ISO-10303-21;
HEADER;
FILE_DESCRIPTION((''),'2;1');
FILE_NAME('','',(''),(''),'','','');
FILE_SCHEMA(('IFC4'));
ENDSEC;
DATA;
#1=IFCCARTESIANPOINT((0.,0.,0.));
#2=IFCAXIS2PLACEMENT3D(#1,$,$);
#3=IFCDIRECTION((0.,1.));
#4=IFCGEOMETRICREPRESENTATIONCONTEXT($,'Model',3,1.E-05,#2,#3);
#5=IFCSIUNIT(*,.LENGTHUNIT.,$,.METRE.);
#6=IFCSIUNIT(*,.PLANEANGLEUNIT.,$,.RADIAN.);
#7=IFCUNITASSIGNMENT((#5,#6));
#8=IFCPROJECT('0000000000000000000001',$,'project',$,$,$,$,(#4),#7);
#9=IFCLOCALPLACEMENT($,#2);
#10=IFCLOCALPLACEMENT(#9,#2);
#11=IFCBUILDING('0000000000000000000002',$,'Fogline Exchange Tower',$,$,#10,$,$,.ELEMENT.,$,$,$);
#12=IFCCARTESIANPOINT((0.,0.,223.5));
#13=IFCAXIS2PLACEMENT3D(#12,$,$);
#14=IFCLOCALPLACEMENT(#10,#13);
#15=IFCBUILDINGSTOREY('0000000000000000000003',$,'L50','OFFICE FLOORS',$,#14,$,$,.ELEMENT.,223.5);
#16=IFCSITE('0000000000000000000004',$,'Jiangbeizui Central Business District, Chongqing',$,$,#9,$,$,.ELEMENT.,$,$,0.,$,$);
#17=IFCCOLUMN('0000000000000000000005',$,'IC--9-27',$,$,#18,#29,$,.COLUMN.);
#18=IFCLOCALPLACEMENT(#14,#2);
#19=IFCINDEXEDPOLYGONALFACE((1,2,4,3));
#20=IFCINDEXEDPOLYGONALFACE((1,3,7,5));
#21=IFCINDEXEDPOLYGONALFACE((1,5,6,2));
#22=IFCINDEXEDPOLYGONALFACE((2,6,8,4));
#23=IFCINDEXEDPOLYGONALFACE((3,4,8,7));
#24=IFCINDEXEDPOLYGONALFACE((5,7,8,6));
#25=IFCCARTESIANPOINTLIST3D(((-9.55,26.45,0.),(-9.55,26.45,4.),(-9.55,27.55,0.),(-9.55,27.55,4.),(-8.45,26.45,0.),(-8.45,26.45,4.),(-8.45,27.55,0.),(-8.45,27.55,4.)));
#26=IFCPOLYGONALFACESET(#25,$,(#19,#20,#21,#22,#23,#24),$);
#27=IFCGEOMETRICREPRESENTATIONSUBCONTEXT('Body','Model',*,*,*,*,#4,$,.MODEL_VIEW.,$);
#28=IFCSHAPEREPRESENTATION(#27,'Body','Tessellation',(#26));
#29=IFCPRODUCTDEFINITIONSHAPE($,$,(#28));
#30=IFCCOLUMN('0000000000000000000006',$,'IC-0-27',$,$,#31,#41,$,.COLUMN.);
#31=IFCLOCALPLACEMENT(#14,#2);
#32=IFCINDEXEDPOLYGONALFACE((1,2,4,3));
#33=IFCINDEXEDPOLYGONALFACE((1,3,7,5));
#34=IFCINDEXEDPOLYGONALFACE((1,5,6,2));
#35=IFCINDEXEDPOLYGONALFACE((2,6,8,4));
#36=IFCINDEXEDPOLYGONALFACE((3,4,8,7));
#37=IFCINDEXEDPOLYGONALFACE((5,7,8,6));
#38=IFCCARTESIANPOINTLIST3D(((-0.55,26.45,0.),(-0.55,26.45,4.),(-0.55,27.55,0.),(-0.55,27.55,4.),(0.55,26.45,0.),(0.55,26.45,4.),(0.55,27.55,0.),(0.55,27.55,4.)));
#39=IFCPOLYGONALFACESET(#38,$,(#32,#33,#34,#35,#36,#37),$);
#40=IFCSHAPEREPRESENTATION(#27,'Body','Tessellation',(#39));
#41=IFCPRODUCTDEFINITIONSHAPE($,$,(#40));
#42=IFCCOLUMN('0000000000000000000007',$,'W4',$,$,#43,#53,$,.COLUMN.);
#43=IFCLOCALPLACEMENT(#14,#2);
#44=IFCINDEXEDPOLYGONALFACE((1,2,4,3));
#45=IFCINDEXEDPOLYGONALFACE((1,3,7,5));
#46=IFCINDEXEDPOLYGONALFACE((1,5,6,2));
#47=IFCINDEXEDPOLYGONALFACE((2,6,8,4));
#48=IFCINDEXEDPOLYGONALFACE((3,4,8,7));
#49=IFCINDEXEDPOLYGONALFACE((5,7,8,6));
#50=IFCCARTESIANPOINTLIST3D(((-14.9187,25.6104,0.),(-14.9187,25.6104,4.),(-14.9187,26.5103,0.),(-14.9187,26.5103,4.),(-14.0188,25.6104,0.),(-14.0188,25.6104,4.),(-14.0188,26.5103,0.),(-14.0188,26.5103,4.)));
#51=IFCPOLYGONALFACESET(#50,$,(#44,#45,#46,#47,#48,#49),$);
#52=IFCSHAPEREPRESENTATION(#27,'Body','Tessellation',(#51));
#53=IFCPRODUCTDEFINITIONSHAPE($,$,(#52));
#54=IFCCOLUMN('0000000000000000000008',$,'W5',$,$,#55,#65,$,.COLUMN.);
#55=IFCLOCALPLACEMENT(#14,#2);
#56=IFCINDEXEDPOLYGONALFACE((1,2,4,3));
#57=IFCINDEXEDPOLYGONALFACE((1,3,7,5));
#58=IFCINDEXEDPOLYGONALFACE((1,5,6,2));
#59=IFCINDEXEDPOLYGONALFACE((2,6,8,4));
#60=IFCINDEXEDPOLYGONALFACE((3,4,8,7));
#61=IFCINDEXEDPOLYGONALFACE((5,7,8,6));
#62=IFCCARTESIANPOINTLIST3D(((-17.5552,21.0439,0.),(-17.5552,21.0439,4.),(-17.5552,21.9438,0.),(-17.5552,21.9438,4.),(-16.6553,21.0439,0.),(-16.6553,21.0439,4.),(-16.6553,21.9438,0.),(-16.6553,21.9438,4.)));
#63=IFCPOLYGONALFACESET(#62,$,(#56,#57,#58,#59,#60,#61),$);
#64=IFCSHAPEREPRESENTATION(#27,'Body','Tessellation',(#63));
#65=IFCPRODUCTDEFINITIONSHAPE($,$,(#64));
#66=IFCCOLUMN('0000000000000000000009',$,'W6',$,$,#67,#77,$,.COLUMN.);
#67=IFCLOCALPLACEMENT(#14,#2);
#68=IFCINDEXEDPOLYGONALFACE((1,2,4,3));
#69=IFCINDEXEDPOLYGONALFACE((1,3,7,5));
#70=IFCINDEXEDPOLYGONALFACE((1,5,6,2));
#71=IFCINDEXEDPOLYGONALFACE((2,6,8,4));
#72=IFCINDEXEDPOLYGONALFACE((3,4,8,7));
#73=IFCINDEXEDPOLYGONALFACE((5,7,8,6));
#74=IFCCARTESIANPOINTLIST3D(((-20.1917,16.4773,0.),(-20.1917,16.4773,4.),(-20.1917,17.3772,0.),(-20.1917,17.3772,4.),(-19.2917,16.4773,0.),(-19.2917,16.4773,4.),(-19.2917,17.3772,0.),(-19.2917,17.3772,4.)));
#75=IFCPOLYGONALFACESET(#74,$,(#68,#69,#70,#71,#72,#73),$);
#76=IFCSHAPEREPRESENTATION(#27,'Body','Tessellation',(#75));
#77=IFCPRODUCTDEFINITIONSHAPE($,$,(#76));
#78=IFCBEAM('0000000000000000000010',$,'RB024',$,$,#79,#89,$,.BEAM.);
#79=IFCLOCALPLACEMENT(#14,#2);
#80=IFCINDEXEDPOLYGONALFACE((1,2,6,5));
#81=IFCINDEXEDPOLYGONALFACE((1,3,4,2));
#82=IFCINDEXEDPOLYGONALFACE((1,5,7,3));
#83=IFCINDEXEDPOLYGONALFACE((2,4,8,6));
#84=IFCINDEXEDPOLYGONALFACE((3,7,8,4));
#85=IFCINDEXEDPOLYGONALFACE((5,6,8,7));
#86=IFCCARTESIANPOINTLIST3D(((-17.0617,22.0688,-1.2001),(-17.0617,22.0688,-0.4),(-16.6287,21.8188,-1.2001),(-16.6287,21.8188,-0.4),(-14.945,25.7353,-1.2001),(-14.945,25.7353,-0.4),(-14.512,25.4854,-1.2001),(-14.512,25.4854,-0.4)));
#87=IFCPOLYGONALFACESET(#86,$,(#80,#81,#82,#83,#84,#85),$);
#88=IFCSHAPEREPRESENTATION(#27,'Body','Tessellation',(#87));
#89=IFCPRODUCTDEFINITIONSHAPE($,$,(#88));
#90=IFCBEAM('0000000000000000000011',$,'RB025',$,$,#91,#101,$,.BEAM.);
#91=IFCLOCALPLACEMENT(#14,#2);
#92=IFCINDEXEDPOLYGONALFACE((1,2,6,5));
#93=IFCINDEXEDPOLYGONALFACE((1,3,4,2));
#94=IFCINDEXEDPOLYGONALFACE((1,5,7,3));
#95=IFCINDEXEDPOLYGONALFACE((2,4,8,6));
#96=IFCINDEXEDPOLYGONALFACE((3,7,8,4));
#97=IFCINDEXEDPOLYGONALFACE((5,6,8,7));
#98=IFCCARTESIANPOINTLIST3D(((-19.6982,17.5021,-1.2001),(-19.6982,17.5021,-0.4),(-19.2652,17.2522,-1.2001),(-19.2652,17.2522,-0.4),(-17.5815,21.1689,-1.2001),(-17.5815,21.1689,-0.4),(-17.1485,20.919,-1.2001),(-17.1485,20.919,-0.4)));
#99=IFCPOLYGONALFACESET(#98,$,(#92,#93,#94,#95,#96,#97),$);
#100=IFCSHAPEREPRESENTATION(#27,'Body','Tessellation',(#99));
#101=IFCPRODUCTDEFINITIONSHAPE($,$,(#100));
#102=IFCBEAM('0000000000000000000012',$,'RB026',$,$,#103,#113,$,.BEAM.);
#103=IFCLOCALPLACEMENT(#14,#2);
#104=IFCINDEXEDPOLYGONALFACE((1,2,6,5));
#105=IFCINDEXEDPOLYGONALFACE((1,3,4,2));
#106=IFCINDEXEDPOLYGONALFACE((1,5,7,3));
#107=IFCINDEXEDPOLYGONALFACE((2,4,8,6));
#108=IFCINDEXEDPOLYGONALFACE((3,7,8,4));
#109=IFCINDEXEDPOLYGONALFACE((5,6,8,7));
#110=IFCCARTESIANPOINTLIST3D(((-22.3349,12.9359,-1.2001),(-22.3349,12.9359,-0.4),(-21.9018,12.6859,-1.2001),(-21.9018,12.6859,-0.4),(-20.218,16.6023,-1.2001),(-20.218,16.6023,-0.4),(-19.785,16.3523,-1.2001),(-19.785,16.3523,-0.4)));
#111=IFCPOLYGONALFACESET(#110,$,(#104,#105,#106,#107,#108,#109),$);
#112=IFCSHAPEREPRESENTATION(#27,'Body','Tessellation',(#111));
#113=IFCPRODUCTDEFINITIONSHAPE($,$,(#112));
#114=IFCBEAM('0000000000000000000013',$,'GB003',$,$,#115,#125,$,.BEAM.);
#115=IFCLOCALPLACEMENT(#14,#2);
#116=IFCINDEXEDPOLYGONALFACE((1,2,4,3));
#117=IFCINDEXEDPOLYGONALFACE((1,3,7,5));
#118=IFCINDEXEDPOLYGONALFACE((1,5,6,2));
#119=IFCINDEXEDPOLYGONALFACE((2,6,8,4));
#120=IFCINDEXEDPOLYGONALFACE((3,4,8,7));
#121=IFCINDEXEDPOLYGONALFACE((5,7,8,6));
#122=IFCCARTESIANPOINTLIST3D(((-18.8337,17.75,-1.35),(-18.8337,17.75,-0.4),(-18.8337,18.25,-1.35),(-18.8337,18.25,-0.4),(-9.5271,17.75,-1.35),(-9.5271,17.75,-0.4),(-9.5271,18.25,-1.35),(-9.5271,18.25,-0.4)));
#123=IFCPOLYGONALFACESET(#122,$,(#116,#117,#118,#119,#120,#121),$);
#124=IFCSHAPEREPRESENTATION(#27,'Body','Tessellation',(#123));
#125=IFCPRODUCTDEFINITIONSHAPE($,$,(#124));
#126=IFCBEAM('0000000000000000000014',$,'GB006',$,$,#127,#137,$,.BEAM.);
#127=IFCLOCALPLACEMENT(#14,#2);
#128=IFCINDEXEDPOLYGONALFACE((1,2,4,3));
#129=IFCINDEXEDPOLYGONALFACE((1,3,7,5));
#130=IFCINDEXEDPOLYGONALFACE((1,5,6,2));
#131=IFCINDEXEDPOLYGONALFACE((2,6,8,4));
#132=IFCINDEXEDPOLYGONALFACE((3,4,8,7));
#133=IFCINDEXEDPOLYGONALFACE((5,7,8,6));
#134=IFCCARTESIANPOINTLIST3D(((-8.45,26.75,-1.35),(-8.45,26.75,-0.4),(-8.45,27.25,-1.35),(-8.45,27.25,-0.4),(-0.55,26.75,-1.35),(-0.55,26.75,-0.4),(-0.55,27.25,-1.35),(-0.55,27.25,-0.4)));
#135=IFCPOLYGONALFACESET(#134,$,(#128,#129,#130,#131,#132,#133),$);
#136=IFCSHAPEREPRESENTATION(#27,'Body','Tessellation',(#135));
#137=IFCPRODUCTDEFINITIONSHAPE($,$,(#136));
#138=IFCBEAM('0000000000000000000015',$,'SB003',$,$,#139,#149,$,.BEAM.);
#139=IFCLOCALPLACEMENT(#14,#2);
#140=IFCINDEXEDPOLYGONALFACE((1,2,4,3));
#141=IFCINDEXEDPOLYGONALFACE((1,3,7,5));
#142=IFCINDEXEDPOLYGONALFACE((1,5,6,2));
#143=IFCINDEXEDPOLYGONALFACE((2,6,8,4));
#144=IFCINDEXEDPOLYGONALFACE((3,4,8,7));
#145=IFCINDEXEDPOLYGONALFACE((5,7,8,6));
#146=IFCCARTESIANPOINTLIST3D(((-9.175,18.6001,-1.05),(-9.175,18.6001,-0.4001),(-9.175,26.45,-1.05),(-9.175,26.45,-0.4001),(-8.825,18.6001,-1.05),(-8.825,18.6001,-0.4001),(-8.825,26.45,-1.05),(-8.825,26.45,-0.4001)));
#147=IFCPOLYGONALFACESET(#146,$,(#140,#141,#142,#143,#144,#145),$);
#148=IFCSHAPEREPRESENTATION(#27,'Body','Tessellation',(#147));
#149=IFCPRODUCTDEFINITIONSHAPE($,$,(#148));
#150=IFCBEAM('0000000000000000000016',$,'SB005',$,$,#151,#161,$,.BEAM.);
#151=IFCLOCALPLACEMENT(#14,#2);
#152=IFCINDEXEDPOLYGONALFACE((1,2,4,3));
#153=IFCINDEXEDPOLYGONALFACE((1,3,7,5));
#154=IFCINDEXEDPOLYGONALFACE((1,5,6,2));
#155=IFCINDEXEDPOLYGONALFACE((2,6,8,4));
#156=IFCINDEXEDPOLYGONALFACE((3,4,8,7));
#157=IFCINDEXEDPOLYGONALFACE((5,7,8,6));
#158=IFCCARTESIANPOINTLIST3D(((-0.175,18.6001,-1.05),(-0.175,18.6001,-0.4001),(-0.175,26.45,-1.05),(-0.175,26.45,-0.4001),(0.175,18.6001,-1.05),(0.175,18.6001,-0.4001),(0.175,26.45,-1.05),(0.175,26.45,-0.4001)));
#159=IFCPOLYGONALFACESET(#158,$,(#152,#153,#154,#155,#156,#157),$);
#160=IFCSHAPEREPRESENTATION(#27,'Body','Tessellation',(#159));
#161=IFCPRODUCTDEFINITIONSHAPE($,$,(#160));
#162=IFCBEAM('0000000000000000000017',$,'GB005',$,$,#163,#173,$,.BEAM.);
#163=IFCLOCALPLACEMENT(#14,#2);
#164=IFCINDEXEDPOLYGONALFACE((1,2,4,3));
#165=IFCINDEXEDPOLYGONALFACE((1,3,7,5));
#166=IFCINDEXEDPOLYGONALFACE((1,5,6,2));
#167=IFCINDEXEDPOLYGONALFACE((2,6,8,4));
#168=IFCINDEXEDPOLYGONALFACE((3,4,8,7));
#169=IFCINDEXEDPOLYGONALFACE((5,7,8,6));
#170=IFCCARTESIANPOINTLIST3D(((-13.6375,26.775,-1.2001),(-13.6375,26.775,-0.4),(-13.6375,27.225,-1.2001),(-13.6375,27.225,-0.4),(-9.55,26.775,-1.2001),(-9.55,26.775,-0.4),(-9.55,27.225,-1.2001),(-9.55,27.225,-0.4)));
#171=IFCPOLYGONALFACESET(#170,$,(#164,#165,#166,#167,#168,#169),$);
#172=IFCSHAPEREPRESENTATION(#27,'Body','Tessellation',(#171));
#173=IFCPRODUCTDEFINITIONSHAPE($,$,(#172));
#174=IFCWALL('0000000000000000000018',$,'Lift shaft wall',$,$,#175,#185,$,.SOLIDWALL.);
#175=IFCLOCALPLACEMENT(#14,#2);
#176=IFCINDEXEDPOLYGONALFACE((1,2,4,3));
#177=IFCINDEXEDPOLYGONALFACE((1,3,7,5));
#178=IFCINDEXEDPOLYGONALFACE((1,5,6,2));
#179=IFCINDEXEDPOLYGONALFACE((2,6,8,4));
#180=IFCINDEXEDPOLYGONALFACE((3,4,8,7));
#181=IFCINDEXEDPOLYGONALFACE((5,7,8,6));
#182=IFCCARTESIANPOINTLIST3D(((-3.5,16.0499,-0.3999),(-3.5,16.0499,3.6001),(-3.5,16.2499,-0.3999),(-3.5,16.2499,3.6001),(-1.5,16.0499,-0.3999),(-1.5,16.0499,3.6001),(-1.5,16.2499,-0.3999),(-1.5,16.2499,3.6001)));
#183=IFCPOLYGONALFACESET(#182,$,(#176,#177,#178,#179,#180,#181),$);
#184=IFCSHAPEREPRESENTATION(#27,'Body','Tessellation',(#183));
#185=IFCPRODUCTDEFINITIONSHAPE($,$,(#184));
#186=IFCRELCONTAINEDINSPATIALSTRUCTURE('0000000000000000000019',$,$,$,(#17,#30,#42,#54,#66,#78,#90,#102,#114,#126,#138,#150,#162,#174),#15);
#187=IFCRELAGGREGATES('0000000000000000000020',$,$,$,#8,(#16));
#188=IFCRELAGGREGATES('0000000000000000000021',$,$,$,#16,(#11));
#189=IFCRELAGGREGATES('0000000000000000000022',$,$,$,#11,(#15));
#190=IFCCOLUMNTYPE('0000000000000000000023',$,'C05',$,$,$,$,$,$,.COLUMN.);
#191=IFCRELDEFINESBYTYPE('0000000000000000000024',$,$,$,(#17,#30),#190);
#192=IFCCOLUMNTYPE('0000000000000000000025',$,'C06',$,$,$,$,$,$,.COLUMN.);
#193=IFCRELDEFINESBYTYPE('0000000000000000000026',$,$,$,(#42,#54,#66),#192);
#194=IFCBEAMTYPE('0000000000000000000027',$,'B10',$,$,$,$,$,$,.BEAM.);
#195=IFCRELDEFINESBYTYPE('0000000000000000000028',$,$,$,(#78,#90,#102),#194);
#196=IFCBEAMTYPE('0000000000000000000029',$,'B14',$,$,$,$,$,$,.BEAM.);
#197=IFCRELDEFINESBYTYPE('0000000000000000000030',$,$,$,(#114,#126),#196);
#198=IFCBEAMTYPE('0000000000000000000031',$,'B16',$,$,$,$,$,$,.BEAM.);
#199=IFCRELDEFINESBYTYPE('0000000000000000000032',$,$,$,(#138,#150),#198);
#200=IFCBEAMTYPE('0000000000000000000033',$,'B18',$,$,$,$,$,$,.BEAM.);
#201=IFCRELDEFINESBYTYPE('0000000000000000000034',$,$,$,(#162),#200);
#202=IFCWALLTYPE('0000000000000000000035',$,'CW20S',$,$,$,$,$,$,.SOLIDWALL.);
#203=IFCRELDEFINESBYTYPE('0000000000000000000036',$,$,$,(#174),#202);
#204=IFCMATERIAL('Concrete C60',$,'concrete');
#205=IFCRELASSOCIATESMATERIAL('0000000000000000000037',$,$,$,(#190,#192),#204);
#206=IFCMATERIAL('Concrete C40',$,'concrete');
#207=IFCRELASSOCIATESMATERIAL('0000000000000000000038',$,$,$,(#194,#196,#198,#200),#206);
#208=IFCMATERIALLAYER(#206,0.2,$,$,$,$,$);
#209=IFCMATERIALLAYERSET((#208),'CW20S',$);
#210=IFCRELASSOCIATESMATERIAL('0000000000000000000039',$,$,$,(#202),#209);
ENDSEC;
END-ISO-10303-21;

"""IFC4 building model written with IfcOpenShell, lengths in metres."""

from ifc_helpers import new_model, si_unit, direction, frame, frame_2d, origin, origin_2d, place, context, subcontext, project, spatial, rectangle, extrude, material, layer, layer_set, material_profile, profile_set, type_object, element, save


model = new_model("IFC4")

# Units and contexts
model_context = context("Model", 3, precision=1e-05, world=origin(), true_north=direction((0.0, 1.0)))
body_context = subcontext(model_context, "Body", "Model", "MODEL_VIEW")
ifc_project = project(units=[si_unit("LENGTHUNIT", "METRE"), si_unit("PLANEANGLEUNIT", "RADIAN")], contexts=[model_context])

# Site, building, storey
site_placement = place(None, origin())
site = spatial("IfcSite", under=ifc_project, at=site_placement, Name="Jiangbeizui Central Business District, Chongqing", CompositionType="ELEMENT", RefElevation=0.0)
building_placement = place(site_placement, origin())
building = spatial("IfcBuilding", under=site, at=building_placement, Name="Fogline Exchange Tower", CompositionType="ELEMENT")
storey_placement = place(building_placement, frame((0.0, 0.0, 223.5)))
storey = spatial("IfcBuildingStorey", under=building, at=storey_placement, Name="L50", Description="OFFICE FLOORS", CompositionType="ELEMENT", Elevation=223.5)

# Columns
ifc_material_1 = material(Name="Concrete C60", Category="concrete")
ifc_material_profile_1 = material_profile(ifc_material_1, rectangle(XDim=1.1001, YDim=1.1001, at=origin_2d()), Name="RC 1100x1100")
ifc_profile_set_1 = profile_set([ifc_material_profile_1], Name="Concrete C60")
column_type_1 = type_object("IfcColumnType", Name="C05", PredefinedType="COLUMN", material=ifc_profile_set_1)
for number, where, z_axis, x_axis, name in (
    (1, (-9.0, 27.0, 0.0), (0.0, 0.0, 1.0), (1.0, 0.0, 0.0), "IC--9-27"),
    (2, (0.0, 27.0, 0.0), (0.0, 0.0, 1.0), (1.0, 0.0, 0.0), "IC-0-27"),
):
    element("IfcColumn", number, at=place(storey_placement, frame(where, z_axis=z_axis, x_axis=x_axis)), inside=storey, type_object=column_type_1, Name=name, PredefinedType="COLUMN", context=body_context, shape_type="SweptSolid", body=[
        extrude(rectangle(XDim=1.1001, YDim=1.1001, at=origin_2d()), origin(), (0.0, 0.0, 1.0), 4.0),
    ])
ifc_material_profile_2 = material_profile(ifc_material_1, rectangle(XDim=0.8999, YDim=0.8999, at=origin_2d()), Name="RC 900x900")
ifc_profile_set_2 = profile_set([ifc_material_profile_2], Name="Concrete C60")
column_type_2 = type_object("IfcColumnType", Name="C06", PredefinedType="COLUMN", material=ifc_profile_set_2)
for number, where, z_axis, x_axis, name in (
    (3, (-14.4688, 26.0603, 0.0), (0.0, 0.0, 1.0), (1.0, 0.0, 0.0), "W4"),
    (4, (-17.1052, 21.4939, 0.0), (0.0, 0.0, 1.0), (1.0, 0.0, 0.0), "W5"),
    (5, (-19.7417, 16.9272, 0.0), (0.0, 0.0, 1.0), (1.0, 0.0, 0.0), "W6"),
):
    element("IfcColumn", number, at=place(storey_placement, frame(where, z_axis=z_axis, x_axis=x_axis)), inside=storey, type_object=column_type_2, Name=name, PredefinedType="COLUMN", context=body_context, shape_type="SweptSolid", body=[
        extrude(rectangle(XDim=0.8999, YDim=0.8999, at=origin_2d()), origin(), (0.0, 0.0, 1.0), 4.0),
    ])

# Beams
ifc_material_2 = material(Name="Concrete C40", Category="concrete")
ifc_material_profile_3 = material_profile(ifc_material_2, rectangle(XDim=0.5, YDim=0.8, at=origin_2d()), Name="RC 500x800")
ifc_profile_set_3 = profile_set([ifc_material_profile_3], Name="Concrete C40")
beam_type_1 = type_object("IfcBeamType", Name="B10", PredefinedType="BEAM", material=ifc_profile_set_3)
beam_1_placement = place(storey_placement, frame((-14.7285, 25.6104, -0.8), z_axis=(-0.499972, -0.866042, 0.0), x_axis=(0.866042, -0.499972, 0.0)))
element("IfcBeam", 6, at=beam_1_placement, inside=storey, type_object=beam_type_1, Name="RB024", PredefinedType="BEAM", context=body_context, shape_type="SweptSolid", body=[
    extrude(rectangle(XDim=0.5, YDim=0.8, at=origin_2d()), origin(), (0.0, 0.0, 1.0), 4.2336),
])
beam_2_placement = place(storey_placement, frame((-17.365, 21.0439, -0.8), z_axis=(-0.499947, -0.866056, 0.0), x_axis=(0.866056, -0.499947, 0.0)))
element("IfcBeam", 7, at=beam_2_placement, inside=storey, type_object=beam_type_1, Name="RB025", PredefinedType="BEAM", context=body_context, shape_type="SweptSolid", body=[
    extrude(rectangle(XDim=0.5, YDim=0.8, at=origin_2d()), origin(), (0.0, 0.0, 1.0), 4.2339),
])
beam_3_placement = place(storey_placement, frame((-20.0015, 16.4773, -0.8), z_axis=(-0.500015, -0.866017, 0.0), x_axis=(0.866017, -0.500015, 0.0)))
element("IfcBeam", 8, at=beam_3_placement, inside=storey, type_object=beam_type_1, Name="RB026", PredefinedType="BEAM", context=body_context, shape_type="SweptSolid", body=[
    extrude(rectangle(XDim=0.5, YDim=0.8, at=origin_2d()), origin(), (0.0, 0.0, 1.0), 4.2336),
])
ifc_material_profile_4 = material_profile(ifc_material_2, rectangle(XDim=0.5, YDim=0.95, at=origin_2d()), Name="RC 500x950")
ifc_profile_set_4 = profile_set([ifc_material_profile_4], Name="Concrete C40")
beam_type_2 = type_object("IfcBeamType", Name="B14", PredefinedType="BEAM", material=ifc_profile_set_4)
beam_4_placement = place(storey_placement, frame((-18.8337, 18.0, -0.875), z_axis=(1.0, 0.0, 0.0), x_axis=(0.0, 1.0, 0.0)))
element("IfcBeam", 9, at=beam_4_placement, inside=storey, type_object=beam_type_2, Name="GB003", PredefinedType="BEAM", context=body_context, shape_type="SweptSolid", body=[
    extrude(rectangle(XDim=0.5, YDim=0.95, at=origin_2d()), origin(), (0.0, 0.0, 1.0), 9.3066),
])
beam_5_placement = place(storey_placement, frame((-8.45, 27.0, -0.875), z_axis=(1.0, 0.0, 0.0), x_axis=(0.0, 1.0, 0.0)))
element("IfcBeam", 10, at=beam_5_placement, inside=storey, type_object=beam_type_2, Name="GB006", PredefinedType="BEAM", context=body_context, shape_type="SweptSolid", body=[
    extrude(rectangle(XDim=0.5, YDim=0.95, at=origin_2d()), origin(), (0.0, 0.0, 1.0), 7.8999),
])
ifc_material_profile_5 = material_profile(ifc_material_2, rectangle(XDim=0.3501, YDim=0.6499, at=origin_2d()), Name="RC 350x650")
ifc_profile_set_5 = profile_set([ifc_material_profile_5], Name="Concrete C40")
beam_type_3 = type_object("IfcBeamType", Name="B16", PredefinedType="BEAM", material=ifc_profile_set_5)
for number, where, z_axis, x_axis, name in (
    (11, (-9.0, 18.6001, -0.7251), (0.0, 1.0, 0.0), (-1.0, 0.0, 0.0), "SB003"),
    (12, (0.0, 18.6001, -0.7251), (0.0, 1.0, 0.0), (-1.0, 0.0, 0.0), "SB005"),
):
    element("IfcBeam", number, at=place(storey_placement, frame(where, z_axis=z_axis, x_axis=x_axis)), inside=storey, type_object=beam_type_3, Name=name, PredefinedType="BEAM", context=body_context, shape_type="SweptSolid", body=[
        extrude(rectangle(XDim=0.3501, YDim=0.6499, at=origin_2d()), origin(), (0.0, 0.0, 1.0), 7.8499),
    ])
ifc_material_profile_6 = material_profile(ifc_material_2, rectangle(XDim=0.45, YDim=0.8, at=origin_2d()), Name="RC 450x800")
ifc_profile_set_6 = profile_set([ifc_material_profile_6], Name="Concrete C40")
beam_type_4 = type_object("IfcBeamType", Name="B18", PredefinedType="BEAM", material=ifc_profile_set_6)
beam_6_placement = place(storey_placement, frame((-13.6375, 27.0, -0.8), z_axis=(1.0, 0.0, 0.0), x_axis=(0.0, 1.0, 0.0)))
element("IfcBeam", 13, at=beam_6_placement, inside=storey, type_object=beam_type_4, Name="GB005", PredefinedType="BEAM", context=body_context, shape_type="SweptSolid", body=[
    extrude(rectangle(XDim=0.45, YDim=0.8, at=origin_2d()), origin(), (0.0, 0.0, 1.0), 4.0874),
])

# Wall
ifc_layer_1 = layer(ifc_material_2, 0.2)
ifc_layer_set_1 = layer_set([ifc_layer_1], Name="CW20S")
wall_type_1 = type_object("IfcWallType", Name="CW20S", PredefinedType="SOLIDWALL", material=ifc_layer_set_1)
wall_1_placement = place(storey_placement, frame((-3.5, 16.1499, -0.3999), z_axis=(0.0, 0.0, 1.0), x_axis=(1.0, 0.0, 0.0)))
element("IfcWall", 14, at=wall_1_placement, inside=storey, type_object=wall_type_1, Name="Lift shaft wall", PredefinedType="SOLIDWALL", context=body_context, shape_type="SweptSolid", body=[
    extrude(rectangle(XDim=2.0, YDim=0.2, at=frame_2d((1.0, 0.0))), origin(), (0.0, 0.0, 1.0), 4.0),
])

save(model, "model.ifc")
